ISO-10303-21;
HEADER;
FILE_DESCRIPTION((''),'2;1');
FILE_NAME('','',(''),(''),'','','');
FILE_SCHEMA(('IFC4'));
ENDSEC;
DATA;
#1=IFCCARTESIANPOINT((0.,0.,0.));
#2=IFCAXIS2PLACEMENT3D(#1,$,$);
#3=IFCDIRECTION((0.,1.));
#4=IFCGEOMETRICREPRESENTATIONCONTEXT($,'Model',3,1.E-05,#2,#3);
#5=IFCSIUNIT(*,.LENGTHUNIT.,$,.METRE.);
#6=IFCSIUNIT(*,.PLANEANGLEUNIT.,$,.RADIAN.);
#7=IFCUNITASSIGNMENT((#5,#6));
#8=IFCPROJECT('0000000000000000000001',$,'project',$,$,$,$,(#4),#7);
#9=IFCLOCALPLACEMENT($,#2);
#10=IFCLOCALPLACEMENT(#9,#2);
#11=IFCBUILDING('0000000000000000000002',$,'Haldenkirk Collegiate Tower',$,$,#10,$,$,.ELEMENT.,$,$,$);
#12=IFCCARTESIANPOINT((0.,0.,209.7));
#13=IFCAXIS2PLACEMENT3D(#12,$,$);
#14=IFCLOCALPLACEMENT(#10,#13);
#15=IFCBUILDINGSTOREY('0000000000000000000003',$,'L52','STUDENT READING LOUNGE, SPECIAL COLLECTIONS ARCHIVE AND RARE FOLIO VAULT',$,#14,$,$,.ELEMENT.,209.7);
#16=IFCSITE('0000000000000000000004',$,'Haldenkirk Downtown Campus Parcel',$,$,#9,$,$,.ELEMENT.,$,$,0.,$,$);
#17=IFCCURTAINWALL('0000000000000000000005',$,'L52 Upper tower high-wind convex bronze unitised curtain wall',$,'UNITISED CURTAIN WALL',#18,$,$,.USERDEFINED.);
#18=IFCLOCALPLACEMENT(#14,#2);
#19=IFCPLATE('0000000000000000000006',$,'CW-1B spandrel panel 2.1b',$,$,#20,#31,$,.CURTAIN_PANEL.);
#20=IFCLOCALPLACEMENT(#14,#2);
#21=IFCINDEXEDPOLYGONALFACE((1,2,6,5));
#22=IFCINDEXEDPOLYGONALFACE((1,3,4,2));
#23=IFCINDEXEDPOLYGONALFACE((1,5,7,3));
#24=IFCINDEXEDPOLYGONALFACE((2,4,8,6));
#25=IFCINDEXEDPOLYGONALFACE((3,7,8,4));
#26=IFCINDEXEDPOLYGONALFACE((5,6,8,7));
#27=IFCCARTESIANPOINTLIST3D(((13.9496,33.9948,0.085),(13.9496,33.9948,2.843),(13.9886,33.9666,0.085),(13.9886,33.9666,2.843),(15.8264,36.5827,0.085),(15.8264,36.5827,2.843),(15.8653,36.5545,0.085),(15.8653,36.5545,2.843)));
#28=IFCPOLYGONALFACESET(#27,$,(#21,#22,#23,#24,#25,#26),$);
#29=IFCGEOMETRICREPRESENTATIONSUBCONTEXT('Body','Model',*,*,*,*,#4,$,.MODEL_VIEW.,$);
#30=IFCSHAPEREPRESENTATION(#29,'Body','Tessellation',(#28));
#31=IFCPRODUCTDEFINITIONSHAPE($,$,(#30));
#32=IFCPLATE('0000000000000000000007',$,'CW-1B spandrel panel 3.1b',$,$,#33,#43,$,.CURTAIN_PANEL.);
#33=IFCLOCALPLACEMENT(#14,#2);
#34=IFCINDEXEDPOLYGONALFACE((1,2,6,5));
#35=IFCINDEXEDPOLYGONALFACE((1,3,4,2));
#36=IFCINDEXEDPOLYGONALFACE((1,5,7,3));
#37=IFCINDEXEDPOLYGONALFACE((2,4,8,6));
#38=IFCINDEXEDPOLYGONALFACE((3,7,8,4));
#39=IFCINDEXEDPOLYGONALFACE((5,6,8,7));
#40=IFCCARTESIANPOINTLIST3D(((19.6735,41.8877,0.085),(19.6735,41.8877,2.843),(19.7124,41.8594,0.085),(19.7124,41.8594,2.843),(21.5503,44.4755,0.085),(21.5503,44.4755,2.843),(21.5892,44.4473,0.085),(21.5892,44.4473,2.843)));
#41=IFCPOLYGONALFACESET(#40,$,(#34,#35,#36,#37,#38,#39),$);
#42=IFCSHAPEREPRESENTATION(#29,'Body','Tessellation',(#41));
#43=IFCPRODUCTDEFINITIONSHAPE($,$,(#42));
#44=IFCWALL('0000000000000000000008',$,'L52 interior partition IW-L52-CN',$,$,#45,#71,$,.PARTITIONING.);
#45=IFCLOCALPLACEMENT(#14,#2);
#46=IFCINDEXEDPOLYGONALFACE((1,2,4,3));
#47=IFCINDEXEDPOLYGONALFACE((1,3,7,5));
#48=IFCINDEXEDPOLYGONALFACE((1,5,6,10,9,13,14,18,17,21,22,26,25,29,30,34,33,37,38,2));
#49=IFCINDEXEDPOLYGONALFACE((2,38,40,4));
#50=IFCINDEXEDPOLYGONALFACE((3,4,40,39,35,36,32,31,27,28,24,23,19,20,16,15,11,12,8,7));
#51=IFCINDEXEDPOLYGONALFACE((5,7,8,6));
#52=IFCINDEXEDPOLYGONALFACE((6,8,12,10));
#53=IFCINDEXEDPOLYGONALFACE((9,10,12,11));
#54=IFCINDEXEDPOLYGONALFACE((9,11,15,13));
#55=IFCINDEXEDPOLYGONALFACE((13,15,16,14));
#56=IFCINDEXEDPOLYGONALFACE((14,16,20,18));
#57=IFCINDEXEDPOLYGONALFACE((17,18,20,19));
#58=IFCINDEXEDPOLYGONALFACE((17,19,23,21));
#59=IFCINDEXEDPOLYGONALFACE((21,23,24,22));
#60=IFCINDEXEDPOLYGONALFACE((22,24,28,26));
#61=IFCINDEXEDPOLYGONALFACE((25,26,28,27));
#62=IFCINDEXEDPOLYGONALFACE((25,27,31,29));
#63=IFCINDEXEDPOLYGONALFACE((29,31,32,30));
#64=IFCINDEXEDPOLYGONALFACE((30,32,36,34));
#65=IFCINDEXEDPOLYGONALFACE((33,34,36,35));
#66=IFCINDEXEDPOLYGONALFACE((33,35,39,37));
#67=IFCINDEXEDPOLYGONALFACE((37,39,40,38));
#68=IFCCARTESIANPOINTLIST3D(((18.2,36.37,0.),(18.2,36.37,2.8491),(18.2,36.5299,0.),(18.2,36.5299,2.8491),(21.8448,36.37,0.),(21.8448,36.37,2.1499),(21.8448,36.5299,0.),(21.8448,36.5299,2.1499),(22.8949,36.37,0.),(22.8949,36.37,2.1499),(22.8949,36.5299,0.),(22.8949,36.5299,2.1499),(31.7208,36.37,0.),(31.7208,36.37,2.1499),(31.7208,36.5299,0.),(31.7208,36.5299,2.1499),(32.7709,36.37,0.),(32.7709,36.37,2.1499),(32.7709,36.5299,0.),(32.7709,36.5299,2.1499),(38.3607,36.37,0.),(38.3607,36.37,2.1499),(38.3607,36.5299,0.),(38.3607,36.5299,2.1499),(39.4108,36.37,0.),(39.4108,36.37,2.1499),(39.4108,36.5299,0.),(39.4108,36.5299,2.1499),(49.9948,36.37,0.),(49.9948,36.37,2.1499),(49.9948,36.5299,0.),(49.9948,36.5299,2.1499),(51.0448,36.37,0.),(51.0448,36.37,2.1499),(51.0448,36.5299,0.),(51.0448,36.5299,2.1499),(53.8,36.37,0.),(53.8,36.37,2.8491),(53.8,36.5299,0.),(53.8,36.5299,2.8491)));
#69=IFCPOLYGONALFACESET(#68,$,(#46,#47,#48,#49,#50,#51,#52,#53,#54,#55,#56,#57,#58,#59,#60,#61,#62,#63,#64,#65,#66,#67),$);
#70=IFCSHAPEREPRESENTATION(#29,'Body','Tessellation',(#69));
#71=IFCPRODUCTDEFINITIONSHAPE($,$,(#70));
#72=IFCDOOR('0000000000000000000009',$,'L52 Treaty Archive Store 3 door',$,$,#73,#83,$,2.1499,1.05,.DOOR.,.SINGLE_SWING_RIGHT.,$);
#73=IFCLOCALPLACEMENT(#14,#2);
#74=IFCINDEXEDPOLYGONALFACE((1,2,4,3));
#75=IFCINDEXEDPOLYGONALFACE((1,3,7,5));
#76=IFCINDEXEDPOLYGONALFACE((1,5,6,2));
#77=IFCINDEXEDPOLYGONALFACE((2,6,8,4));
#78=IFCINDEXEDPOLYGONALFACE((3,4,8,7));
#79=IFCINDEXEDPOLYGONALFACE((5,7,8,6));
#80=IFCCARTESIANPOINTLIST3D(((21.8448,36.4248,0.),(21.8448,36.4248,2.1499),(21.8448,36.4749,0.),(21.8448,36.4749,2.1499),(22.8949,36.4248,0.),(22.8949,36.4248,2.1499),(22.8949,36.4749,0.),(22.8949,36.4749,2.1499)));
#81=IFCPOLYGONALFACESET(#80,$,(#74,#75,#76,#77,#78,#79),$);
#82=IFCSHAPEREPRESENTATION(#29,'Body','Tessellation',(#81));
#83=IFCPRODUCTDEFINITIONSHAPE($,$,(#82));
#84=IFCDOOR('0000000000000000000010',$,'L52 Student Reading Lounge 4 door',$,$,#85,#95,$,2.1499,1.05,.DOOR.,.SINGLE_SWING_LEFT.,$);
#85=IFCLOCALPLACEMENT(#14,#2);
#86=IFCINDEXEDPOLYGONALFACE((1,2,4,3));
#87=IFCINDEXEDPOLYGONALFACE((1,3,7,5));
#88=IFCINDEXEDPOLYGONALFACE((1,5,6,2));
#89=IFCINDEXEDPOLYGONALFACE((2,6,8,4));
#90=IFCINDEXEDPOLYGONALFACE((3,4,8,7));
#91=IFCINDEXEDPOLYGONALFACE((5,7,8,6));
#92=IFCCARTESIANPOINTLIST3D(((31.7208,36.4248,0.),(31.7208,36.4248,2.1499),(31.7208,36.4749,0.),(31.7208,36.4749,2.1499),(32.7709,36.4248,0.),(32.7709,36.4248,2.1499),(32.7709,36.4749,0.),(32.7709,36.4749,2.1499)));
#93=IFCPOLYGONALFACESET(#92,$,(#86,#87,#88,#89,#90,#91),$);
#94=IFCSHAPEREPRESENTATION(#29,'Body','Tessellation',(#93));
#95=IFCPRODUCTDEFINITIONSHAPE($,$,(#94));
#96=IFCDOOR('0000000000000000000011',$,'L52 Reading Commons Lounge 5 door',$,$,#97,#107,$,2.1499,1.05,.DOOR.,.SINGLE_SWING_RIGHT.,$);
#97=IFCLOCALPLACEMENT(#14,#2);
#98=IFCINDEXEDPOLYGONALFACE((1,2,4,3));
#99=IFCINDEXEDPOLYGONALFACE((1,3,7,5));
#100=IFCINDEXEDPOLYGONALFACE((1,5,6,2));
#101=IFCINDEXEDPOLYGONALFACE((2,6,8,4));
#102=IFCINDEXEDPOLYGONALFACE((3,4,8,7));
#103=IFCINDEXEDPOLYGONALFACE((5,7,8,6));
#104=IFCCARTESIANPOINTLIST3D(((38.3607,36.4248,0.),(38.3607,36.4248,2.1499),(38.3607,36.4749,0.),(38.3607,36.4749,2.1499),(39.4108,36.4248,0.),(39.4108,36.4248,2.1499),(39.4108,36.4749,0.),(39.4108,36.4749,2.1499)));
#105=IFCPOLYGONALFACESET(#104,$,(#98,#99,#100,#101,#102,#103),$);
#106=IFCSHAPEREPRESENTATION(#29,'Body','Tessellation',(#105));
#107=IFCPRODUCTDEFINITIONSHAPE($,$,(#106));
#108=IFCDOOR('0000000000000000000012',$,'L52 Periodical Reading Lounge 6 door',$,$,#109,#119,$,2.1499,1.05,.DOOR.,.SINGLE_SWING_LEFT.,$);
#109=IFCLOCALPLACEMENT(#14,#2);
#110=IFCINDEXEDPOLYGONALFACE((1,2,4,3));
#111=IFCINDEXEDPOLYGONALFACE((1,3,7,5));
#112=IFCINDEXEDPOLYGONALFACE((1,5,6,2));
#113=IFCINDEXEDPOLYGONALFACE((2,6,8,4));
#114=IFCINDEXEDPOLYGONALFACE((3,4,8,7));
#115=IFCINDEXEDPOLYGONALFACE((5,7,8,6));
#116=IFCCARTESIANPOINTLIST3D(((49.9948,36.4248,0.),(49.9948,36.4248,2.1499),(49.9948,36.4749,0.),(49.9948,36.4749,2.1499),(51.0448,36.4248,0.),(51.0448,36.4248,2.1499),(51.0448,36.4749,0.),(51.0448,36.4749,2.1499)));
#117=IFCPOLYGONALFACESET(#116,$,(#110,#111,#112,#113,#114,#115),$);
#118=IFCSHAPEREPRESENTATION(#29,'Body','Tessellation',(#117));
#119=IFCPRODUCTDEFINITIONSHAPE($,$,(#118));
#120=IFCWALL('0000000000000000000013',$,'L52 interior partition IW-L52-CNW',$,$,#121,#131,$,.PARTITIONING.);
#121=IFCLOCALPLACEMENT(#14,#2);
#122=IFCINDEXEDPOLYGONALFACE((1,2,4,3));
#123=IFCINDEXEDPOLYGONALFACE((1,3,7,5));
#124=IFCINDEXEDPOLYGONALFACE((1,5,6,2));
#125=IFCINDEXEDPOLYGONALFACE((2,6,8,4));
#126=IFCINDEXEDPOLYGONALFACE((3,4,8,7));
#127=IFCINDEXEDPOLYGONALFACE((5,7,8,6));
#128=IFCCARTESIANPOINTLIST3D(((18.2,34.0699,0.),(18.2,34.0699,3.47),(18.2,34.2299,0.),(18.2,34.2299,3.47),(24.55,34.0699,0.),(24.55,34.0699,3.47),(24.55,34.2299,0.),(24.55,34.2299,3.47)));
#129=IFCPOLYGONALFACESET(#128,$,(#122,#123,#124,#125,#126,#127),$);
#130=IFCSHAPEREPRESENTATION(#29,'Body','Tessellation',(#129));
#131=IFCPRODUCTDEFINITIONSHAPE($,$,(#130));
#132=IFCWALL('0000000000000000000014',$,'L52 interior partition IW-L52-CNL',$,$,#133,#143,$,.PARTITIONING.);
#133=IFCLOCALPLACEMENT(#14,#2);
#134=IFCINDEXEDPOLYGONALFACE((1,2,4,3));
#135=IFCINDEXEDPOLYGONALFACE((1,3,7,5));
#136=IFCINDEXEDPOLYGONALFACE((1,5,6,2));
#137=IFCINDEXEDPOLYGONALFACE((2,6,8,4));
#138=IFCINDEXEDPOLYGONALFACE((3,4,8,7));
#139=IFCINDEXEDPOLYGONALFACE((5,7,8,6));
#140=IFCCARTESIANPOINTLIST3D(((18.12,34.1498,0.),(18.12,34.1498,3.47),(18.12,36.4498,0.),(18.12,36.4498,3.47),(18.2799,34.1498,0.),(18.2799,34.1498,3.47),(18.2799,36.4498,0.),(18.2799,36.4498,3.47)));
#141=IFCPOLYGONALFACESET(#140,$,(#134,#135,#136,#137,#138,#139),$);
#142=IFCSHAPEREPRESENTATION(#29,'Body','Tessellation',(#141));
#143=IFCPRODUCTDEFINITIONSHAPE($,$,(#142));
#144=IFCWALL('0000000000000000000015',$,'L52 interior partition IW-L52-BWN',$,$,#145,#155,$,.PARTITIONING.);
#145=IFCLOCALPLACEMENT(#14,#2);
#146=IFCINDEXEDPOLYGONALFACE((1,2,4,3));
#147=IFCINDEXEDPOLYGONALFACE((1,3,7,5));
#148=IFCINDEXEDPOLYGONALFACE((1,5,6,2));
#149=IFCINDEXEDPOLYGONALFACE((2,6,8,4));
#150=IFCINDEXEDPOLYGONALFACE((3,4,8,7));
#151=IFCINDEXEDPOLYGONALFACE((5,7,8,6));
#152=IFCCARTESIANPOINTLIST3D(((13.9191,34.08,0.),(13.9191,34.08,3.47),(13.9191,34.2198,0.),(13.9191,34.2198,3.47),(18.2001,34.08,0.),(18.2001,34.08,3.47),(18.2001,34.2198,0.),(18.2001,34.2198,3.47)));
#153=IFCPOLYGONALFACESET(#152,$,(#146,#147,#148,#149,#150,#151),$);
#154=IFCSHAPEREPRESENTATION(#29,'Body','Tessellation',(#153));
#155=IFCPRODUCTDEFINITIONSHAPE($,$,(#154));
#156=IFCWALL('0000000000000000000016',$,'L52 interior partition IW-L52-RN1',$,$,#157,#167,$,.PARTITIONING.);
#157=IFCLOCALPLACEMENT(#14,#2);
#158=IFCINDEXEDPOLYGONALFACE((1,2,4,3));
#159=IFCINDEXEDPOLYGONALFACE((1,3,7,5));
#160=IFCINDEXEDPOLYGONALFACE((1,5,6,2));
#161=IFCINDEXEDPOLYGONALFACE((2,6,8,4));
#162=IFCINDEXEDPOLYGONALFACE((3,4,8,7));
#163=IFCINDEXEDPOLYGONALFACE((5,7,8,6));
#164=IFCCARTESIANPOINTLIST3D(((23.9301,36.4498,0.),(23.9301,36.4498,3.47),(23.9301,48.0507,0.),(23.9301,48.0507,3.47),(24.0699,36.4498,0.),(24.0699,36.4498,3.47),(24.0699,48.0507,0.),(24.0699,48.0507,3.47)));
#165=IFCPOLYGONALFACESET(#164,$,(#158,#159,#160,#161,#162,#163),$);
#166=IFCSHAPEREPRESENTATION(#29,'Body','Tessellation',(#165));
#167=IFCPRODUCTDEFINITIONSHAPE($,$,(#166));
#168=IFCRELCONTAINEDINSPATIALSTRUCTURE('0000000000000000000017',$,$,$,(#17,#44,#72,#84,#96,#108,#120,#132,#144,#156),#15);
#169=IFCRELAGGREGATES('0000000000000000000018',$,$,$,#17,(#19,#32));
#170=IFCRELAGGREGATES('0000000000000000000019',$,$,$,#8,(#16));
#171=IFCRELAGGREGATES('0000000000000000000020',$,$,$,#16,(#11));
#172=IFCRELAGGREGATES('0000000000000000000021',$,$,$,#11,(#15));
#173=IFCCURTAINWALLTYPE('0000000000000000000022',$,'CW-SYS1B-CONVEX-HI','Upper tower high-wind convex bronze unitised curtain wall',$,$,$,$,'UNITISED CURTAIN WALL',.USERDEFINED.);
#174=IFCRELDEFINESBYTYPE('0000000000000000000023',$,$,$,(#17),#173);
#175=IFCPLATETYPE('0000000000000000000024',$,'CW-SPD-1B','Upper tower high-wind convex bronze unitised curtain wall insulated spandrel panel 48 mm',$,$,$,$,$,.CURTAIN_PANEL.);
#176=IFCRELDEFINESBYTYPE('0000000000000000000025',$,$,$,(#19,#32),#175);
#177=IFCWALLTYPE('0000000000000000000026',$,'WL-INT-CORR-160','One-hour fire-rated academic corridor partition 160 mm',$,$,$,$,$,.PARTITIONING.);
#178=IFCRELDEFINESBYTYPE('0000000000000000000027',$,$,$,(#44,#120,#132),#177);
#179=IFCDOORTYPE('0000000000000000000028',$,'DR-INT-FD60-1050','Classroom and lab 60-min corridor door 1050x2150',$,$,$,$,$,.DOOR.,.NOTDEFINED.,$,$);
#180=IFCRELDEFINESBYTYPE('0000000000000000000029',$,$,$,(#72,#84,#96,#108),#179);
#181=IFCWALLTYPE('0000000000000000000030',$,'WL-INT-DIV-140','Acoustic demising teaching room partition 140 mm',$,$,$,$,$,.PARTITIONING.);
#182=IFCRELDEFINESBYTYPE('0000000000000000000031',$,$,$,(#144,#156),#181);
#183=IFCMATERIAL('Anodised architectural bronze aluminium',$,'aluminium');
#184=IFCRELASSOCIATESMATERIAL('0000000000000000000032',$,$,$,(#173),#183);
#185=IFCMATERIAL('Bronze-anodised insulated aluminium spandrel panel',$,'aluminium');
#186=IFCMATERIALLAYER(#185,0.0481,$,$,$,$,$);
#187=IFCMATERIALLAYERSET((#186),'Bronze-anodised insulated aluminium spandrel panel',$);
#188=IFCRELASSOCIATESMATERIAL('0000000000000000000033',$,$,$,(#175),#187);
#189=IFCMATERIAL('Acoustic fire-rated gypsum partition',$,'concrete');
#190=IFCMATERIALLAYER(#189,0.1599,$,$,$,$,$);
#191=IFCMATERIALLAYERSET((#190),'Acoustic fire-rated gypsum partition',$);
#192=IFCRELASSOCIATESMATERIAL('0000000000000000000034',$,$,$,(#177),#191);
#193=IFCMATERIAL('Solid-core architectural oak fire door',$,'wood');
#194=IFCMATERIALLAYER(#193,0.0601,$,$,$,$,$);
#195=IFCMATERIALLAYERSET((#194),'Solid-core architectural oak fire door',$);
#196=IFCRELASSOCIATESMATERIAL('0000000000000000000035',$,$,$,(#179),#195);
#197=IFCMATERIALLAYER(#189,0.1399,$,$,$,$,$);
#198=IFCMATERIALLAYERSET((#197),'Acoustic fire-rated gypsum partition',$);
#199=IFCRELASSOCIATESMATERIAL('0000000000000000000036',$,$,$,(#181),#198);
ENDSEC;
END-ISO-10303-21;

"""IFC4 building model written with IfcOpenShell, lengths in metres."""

from ifc_helpers import new_model, si_unit, direction, frame, frame_2d, origin, origin_2d, place, context, subcontext, project, spatial, rectangle, extrude, source, transform, mapped, material, layer, layer_set, type_object, element, fill, aggregate, save


model = new_model("IFC4")

# Units and contexts
model_context = context("Model", 3, precision=1e-05, world=origin(), true_north=direction((0.0, 1.0)))
body_context = subcontext(model_context, "Body", "Model", "MODEL_VIEW")
ifc_project = project(units=[si_unit("LENGTHUNIT", "METRE"), si_unit("PLANEANGLEUNIT", "RADIAN")], contexts=[model_context])

# Site, building, storey
site_placement = place(None, origin())
site = spatial("IfcSite", under=ifc_project, at=site_placement, Name="Haldenkirk Downtown Campus Parcel", CompositionType="ELEMENT", RefElevation=0.0)
building_placement = place(site_placement, origin())
building = spatial("IfcBuilding", under=site, at=building_placement, Name="Haldenkirk Collegiate Tower", CompositionType="ELEMENT")
storey_placement = place(building_placement, frame((0.0, 0.0, 209.7)))
storey = spatial("IfcBuildingStorey", under=building, at=storey_placement, Name="L52", Description="STUDENT READING LOUNGE, SPECIAL COLLECTIONS ARCHIVE AND RARE FOLIO VAULT", CompositionType="ELEMENT", Elevation=209.7)

# Curtain wall, plates
ifc_material_1 = material(Name="Anodised architectural bronze aluminium", Category="aluminium")
curtain_wall_type = type_object("IfcCurtainWallType", Name="CW-SYS1B-CONVEX-HI", Description="Upper tower high-wind convex bronze unitised curtain wall", ElementType="UNITISED CURTAIN WALL", PredefinedType="USERDEFINED", material=ifc_material_1)
curtain_wall_placement = place(storey_placement, origin())
curtain_wall = element("IfcCurtainWall", 1, at=curtain_wall_placement, inside=storey, type_object=curtain_wall_type, Name="L52 Upper tower high-wind convex bronze unitised curtain wall", ObjectType="UNITISED CURTAIN WALL", PredefinedType="USERDEFINED")
ifc_material_2 = material(Name="Bronze-anodised insulated aluminium spandrel panel", Category="aluminium")
ifc_layer_1 = layer(ifc_material_2, 0.0481)
ifc_layer_set_1 = layer_set([ifc_layer_1], Name="Bronze-anodised insulated aluminium spandrel panel")
plate_type = type_object("IfcPlateType", Name="CW-SPD-1B", Description="Upper tower high-wind convex bronze unitised curtain wall insulated spandrel panel 48 mm", PredefinedType="CURTAIN_PANEL", material=ifc_layer_set_1)
shared_shape_1 = source(origin(), body_context, "Body", "SweptSolid", [
    extrude(rectangle(XDim=3.1968, YDim=0.0481, at=origin_2d()), origin(), (0.0, 0.0, 1.0), 2.7581),
])
plate_1_placement = place(storey_placement, frame((14.9075, 35.2747, 0.085), z_axis=(0.0, 0.0, 1.0), x_axis=(0.587078, 0.80953, 0.0)))
plate_1 = element("IfcPlate", 2, at=plate_1_placement, type_object=plate_type, Name="CW-1B spandrel panel 2.1b", PredefinedType="CURTAIN_PANEL", context=body_context, shape_type="MappedRepresentation", body=[
    mapped(shared_shape_1, transform((0.0, 0.0, 0.0), x_axis=(1.0, 0.0, 0.0), y_axis=(0.0, 1.0, 0.0), z_axis=(0.0, 0.0, 1.0), scale=1.0)),
])
plate_2_placement = place(storey_placement, frame((20.6313, 43.1675, 0.085), z_axis=(0.0, 0.0, 1.0), x_axis=(0.587078, 0.80953, 0.0)))
plate_2 = element("IfcPlate", 3, at=plate_2_placement, type_object=plate_type, Name="CW-1B spandrel panel 3.1b", PredefinedType="CURTAIN_PANEL", context=body_context, shape_type="MappedRepresentation", body=[
    mapped(shared_shape_1, transform((0.0, 0.0, 0.0), x_axis=(1.0, 0.0, 0.0), y_axis=(0.0, 1.0, 0.0), z_axis=(0.0, 0.0, 1.0), scale=1.0)),
])
aggregate(curtain_wall, [plate_1, plate_2])

# Wall, openings, doors
ifc_material_3 = material(Name="Acoustic fire-rated gypsum partition", Category="concrete")
ifc_layer_2 = layer(ifc_material_3, 0.1599)
ifc_layer_set_2 = layer_set([ifc_layer_2], Name="Acoustic fire-rated gypsum partition")
wall_type_1 = type_object("IfcWallType", Name="WL-INT-CORR-160", Description="One-hour fire-rated academic corridor partition 160 mm", PredefinedType="PARTITIONING", material=ifc_layer_set_2)
wall_1_placement = place(storey_placement, frame((18.2, 36.45, 0.0), z_axis=(0.0, 0.0, 1.0), x_axis=(1.0, 0.0, 0.0)))
wall_1 = element("IfcWall", 4, at=wall_1_placement, inside=storey, type_object=wall_type_1, Name="L52 interior partition IW-L52-CN", PredefinedType="PARTITIONING", context=body_context, shape_type="SweptSolid", body=[
    extrude(rectangle(XDim=35.6001, YDim=0.1599, at=frame_2d((17.8, 0.0))), origin(), (0.0, 0.0, 1.0), 2.8491),
])
opening_1_placement = place(wall_1_placement, frame((3.645, 0.0, 0.0)))
opening_1 = element("IfcOpeningElement", 5, at=opening_1_placement, cuts=wall_1, PredefinedType="OPENING", context=body_context, shape_type="SweptSolid", body=[
    extrude(rectangle(XDim=1.05, YDim=2.1499, at=frame_2d((0.5249, 1.075))), frame((0.0, 0.0898, 0.0), z_axis=(0.0, -1.0, 0.0), x_axis=(1.0, 0.0, 0.0)), (0.0, 0.0, 1.0), 0.1799),
])
opening_2_placement = place(wall_1_placement, frame((13.521, 0.0, 0.0)))
opening_2 = element("IfcOpeningElement", 6, at=opening_2_placement, cuts=wall_1, PredefinedType="OPENING", context=body_context, shape_type="SweptSolid", body=[
    extrude(rectangle(XDim=1.05, YDim=2.1499, at=frame_2d((0.5249, 1.075))), frame((0.0, 0.0898, 0.0), z_axis=(0.0, -1.0, 0.0), x_axis=(1.0, 0.0, 0.0)), (0.0, 0.0, 1.0), 0.1799),
])
opening_3_placement = place(wall_1_placement, frame((20.1609, 0.0, 0.0)))
opening_3 = element("IfcOpeningElement", 7, at=opening_3_placement, cuts=wall_1, PredefinedType="OPENING", context=body_context, shape_type="SweptSolid", body=[
    extrude(rectangle(XDim=1.05, YDim=2.1499, at=frame_2d((0.5249, 1.075))), frame((0.0, 0.0898, 0.0), z_axis=(0.0, -1.0, 0.0), x_axis=(1.0, 0.0, 0.0)), (0.0, 0.0, 1.0), 0.1799),
])
opening_4_placement = place(wall_1_placement, frame((31.7949, 0.0, 0.0)))
opening_4 = element("IfcOpeningElement", 8, at=opening_4_placement, cuts=wall_1, PredefinedType="OPENING", context=body_context, shape_type="SweptSolid", body=[
    extrude(rectangle(XDim=1.05, YDim=2.1499, at=frame_2d((0.5249, 1.075))), frame((0.0, 0.0898, 0.0), z_axis=(0.0, -1.0, 0.0), x_axis=(1.0, 0.0, 0.0)), (0.0, 0.0, 1.0), 0.1799),
])
ifc_material_4 = material(Name="Solid-core architectural oak fire door", Category="wood")
ifc_layer_3 = layer(ifc_material_4, 0.0601)
ifc_layer_set_3 = layer_set([ifc_layer_3], Name="Solid-core architectural oak fire door")
door_type = type_object("IfcDoorType", Name="DR-INT-FD60-1050", Description="Classroom and lab 60-min corridor door 1050x2150", OperationType="NOTDEFINED", PredefinedType="DOOR", material=ifc_layer_set_3)
door_1_placement = place(opening_1_placement, origin())
door_1 = element("IfcDoor", 9, at=door_1_placement, inside=storey, type_object=door_type, Name="L52 Treaty Archive Store 3 door", OperationType="SINGLE_SWING_RIGHT", OverallHeight=2.1499, OverallWidth=1.05, PredefinedType="DOOR", context=body_context, shape_type="SweptSolid", body=[
    extrude(rectangle(XDim=1.05, YDim=2.1499, at=frame_2d((0.5249, 1.075))), frame((0.0, 0.0249, 0.0), z_axis=(0.0, -1.0, 0.0), x_axis=(1.0, 0.0, 0.0)), (0.0, 0.0, 1.0), 0.05),
])
fill(opening_1, door_1)
door_2_placement = place(opening_2_placement, origin())
door_2 = element("IfcDoor", 10, at=door_2_placement, inside=storey, type_object=door_type, Name="L52 Student Reading Lounge 4 door", OperationType="SINGLE_SWING_LEFT", OverallHeight=2.1499, OverallWidth=1.05, PredefinedType="DOOR", context=body_context, shape_type="SweptSolid", body=[
    extrude(rectangle(XDim=1.05, YDim=2.1499, at=frame_2d((0.5249, 1.075))), frame((0.0, 0.0249, 0.0), z_axis=(0.0, -1.0, 0.0), x_axis=(1.0, 0.0, 0.0)), (0.0, 0.0, 1.0), 0.05),
])
fill(opening_2, door_2)
door_3_placement = place(opening_3_placement, origin())
door_3 = element("IfcDoor", 11, at=door_3_placement, inside=storey, type_object=door_type, Name="L52 Reading Commons Lounge 5 door", OperationType="SINGLE_SWING_RIGHT", OverallHeight=2.1499, OverallWidth=1.05, PredefinedType="DOOR", context=body_context, shape_type="SweptSolid", body=[
    extrude(rectangle(XDim=1.05, YDim=2.1499, at=frame_2d((0.5249, 1.075))), frame((0.0, 0.0249, 0.0), z_axis=(0.0, -1.0, 0.0), x_axis=(1.0, 0.0, 0.0)), (0.0, 0.0, 1.0), 0.05),
])
fill(opening_3, door_3)
door_4_placement = place(opening_4_placement, origin())
door_4 = element("IfcDoor", 12, at=door_4_placement, inside=storey, type_object=door_type, Name="L52 Periodical Reading Lounge 6 door", OperationType="SINGLE_SWING_LEFT", OverallHeight=2.1499, OverallWidth=1.05, PredefinedType="DOOR", context=body_context, shape_type="SweptSolid", body=[
    extrude(rectangle(XDim=1.05, YDim=2.1499, at=frame_2d((0.5249, 1.075))), frame((0.0, 0.0249, 0.0), z_axis=(0.0, -1.0, 0.0), x_axis=(1.0, 0.0, 0.0)), (0.0, 0.0, 1.0), 0.05),
])
fill(opening_4, door_4)

# Walls
wall_2_placement = place(storey_placement, frame((18.2, 34.1499, 0.0), z_axis=(0.0, 0.0, 1.0), x_axis=(1.0, 0.0, 0.0)))
element("IfcWall", 13, at=wall_2_placement, inside=storey, type_object=wall_type_1, Name="L52 interior partition IW-L52-CNW", PredefinedType="PARTITIONING", context=body_context, shape_type="SweptSolid", body=[
    extrude(rectangle(XDim=6.3501, YDim=0.1599, at=frame_2d((3.175, 0.0))), origin(), (0.0, 0.0, 1.0), 3.47),
])
wall_3_placement = place(storey_placement, frame((18.2, 34.1499, 0.0), z_axis=(0.0, 0.0, 1.0), x_axis=(0.0, 1.0, 0.0)))
element("IfcWall", 14, at=wall_3_placement, inside=storey, type_object=wall_type_1, Name="L52 interior partition IW-L52-CNL", PredefinedType="PARTITIONING", context=body_context, shape_type="SweptSolid", body=[
    extrude(rectangle(XDim=2.3, YDim=0.1599, at=frame_2d((1.1499, 0.0))), origin(), (0.0, 0.0, 1.0), 3.47),
])
ifc_layer_4 = layer(ifc_material_3, 0.1399)
ifc_layer_set_4 = layer_set([ifc_layer_4], Name="Acoustic fire-rated gypsum partition")
wall_type_2 = type_object("IfcWallType", Name="WL-INT-DIV-140", Description="Acoustic demising teaching room partition 140 mm", PredefinedType="PARTITIONING", material=ifc_layer_set_4)
wall_4_placement = place(storey_placement, frame((13.9189, 34.1499, 0.0), z_axis=(0.0, 0.0, 1.0), x_axis=(1.0, 0.0, 0.0)))
element("IfcWall", 15, at=wall_4_placement, inside=storey, type_object=wall_type_2, Name="L52 interior partition IW-L52-BWN", PredefinedType="PARTITIONING", context=body_context, shape_type="SweptSolid", body=[
    extrude(rectangle(XDim=4.281, YDim=0.1399, at=frame_2d((2.1406, 0.0))), origin(), (0.0, 0.0, 1.0), 3.47),
])
wall_5_placement = place(storey_placement, frame((24.0, 36.45, 0.0), z_axis=(0.0, 0.0, 1.0), x_axis=(0.0, 1.0, 0.0)))
element("IfcWall", 16, at=wall_5_placement, inside=storey, type_object=wall_type_2, Name="L52 interior partition IW-L52-RN1", PredefinedType="PARTITIONING", context=body_context, shape_type="SweptSolid", body=[
    extrude(rectangle(XDim=11.6008, YDim=0.1399, at=frame_2d((5.8003, 0.0))), origin(), (0.0, 0.0, 1.0), 3.47),
])

save(model, "model.ifc")
